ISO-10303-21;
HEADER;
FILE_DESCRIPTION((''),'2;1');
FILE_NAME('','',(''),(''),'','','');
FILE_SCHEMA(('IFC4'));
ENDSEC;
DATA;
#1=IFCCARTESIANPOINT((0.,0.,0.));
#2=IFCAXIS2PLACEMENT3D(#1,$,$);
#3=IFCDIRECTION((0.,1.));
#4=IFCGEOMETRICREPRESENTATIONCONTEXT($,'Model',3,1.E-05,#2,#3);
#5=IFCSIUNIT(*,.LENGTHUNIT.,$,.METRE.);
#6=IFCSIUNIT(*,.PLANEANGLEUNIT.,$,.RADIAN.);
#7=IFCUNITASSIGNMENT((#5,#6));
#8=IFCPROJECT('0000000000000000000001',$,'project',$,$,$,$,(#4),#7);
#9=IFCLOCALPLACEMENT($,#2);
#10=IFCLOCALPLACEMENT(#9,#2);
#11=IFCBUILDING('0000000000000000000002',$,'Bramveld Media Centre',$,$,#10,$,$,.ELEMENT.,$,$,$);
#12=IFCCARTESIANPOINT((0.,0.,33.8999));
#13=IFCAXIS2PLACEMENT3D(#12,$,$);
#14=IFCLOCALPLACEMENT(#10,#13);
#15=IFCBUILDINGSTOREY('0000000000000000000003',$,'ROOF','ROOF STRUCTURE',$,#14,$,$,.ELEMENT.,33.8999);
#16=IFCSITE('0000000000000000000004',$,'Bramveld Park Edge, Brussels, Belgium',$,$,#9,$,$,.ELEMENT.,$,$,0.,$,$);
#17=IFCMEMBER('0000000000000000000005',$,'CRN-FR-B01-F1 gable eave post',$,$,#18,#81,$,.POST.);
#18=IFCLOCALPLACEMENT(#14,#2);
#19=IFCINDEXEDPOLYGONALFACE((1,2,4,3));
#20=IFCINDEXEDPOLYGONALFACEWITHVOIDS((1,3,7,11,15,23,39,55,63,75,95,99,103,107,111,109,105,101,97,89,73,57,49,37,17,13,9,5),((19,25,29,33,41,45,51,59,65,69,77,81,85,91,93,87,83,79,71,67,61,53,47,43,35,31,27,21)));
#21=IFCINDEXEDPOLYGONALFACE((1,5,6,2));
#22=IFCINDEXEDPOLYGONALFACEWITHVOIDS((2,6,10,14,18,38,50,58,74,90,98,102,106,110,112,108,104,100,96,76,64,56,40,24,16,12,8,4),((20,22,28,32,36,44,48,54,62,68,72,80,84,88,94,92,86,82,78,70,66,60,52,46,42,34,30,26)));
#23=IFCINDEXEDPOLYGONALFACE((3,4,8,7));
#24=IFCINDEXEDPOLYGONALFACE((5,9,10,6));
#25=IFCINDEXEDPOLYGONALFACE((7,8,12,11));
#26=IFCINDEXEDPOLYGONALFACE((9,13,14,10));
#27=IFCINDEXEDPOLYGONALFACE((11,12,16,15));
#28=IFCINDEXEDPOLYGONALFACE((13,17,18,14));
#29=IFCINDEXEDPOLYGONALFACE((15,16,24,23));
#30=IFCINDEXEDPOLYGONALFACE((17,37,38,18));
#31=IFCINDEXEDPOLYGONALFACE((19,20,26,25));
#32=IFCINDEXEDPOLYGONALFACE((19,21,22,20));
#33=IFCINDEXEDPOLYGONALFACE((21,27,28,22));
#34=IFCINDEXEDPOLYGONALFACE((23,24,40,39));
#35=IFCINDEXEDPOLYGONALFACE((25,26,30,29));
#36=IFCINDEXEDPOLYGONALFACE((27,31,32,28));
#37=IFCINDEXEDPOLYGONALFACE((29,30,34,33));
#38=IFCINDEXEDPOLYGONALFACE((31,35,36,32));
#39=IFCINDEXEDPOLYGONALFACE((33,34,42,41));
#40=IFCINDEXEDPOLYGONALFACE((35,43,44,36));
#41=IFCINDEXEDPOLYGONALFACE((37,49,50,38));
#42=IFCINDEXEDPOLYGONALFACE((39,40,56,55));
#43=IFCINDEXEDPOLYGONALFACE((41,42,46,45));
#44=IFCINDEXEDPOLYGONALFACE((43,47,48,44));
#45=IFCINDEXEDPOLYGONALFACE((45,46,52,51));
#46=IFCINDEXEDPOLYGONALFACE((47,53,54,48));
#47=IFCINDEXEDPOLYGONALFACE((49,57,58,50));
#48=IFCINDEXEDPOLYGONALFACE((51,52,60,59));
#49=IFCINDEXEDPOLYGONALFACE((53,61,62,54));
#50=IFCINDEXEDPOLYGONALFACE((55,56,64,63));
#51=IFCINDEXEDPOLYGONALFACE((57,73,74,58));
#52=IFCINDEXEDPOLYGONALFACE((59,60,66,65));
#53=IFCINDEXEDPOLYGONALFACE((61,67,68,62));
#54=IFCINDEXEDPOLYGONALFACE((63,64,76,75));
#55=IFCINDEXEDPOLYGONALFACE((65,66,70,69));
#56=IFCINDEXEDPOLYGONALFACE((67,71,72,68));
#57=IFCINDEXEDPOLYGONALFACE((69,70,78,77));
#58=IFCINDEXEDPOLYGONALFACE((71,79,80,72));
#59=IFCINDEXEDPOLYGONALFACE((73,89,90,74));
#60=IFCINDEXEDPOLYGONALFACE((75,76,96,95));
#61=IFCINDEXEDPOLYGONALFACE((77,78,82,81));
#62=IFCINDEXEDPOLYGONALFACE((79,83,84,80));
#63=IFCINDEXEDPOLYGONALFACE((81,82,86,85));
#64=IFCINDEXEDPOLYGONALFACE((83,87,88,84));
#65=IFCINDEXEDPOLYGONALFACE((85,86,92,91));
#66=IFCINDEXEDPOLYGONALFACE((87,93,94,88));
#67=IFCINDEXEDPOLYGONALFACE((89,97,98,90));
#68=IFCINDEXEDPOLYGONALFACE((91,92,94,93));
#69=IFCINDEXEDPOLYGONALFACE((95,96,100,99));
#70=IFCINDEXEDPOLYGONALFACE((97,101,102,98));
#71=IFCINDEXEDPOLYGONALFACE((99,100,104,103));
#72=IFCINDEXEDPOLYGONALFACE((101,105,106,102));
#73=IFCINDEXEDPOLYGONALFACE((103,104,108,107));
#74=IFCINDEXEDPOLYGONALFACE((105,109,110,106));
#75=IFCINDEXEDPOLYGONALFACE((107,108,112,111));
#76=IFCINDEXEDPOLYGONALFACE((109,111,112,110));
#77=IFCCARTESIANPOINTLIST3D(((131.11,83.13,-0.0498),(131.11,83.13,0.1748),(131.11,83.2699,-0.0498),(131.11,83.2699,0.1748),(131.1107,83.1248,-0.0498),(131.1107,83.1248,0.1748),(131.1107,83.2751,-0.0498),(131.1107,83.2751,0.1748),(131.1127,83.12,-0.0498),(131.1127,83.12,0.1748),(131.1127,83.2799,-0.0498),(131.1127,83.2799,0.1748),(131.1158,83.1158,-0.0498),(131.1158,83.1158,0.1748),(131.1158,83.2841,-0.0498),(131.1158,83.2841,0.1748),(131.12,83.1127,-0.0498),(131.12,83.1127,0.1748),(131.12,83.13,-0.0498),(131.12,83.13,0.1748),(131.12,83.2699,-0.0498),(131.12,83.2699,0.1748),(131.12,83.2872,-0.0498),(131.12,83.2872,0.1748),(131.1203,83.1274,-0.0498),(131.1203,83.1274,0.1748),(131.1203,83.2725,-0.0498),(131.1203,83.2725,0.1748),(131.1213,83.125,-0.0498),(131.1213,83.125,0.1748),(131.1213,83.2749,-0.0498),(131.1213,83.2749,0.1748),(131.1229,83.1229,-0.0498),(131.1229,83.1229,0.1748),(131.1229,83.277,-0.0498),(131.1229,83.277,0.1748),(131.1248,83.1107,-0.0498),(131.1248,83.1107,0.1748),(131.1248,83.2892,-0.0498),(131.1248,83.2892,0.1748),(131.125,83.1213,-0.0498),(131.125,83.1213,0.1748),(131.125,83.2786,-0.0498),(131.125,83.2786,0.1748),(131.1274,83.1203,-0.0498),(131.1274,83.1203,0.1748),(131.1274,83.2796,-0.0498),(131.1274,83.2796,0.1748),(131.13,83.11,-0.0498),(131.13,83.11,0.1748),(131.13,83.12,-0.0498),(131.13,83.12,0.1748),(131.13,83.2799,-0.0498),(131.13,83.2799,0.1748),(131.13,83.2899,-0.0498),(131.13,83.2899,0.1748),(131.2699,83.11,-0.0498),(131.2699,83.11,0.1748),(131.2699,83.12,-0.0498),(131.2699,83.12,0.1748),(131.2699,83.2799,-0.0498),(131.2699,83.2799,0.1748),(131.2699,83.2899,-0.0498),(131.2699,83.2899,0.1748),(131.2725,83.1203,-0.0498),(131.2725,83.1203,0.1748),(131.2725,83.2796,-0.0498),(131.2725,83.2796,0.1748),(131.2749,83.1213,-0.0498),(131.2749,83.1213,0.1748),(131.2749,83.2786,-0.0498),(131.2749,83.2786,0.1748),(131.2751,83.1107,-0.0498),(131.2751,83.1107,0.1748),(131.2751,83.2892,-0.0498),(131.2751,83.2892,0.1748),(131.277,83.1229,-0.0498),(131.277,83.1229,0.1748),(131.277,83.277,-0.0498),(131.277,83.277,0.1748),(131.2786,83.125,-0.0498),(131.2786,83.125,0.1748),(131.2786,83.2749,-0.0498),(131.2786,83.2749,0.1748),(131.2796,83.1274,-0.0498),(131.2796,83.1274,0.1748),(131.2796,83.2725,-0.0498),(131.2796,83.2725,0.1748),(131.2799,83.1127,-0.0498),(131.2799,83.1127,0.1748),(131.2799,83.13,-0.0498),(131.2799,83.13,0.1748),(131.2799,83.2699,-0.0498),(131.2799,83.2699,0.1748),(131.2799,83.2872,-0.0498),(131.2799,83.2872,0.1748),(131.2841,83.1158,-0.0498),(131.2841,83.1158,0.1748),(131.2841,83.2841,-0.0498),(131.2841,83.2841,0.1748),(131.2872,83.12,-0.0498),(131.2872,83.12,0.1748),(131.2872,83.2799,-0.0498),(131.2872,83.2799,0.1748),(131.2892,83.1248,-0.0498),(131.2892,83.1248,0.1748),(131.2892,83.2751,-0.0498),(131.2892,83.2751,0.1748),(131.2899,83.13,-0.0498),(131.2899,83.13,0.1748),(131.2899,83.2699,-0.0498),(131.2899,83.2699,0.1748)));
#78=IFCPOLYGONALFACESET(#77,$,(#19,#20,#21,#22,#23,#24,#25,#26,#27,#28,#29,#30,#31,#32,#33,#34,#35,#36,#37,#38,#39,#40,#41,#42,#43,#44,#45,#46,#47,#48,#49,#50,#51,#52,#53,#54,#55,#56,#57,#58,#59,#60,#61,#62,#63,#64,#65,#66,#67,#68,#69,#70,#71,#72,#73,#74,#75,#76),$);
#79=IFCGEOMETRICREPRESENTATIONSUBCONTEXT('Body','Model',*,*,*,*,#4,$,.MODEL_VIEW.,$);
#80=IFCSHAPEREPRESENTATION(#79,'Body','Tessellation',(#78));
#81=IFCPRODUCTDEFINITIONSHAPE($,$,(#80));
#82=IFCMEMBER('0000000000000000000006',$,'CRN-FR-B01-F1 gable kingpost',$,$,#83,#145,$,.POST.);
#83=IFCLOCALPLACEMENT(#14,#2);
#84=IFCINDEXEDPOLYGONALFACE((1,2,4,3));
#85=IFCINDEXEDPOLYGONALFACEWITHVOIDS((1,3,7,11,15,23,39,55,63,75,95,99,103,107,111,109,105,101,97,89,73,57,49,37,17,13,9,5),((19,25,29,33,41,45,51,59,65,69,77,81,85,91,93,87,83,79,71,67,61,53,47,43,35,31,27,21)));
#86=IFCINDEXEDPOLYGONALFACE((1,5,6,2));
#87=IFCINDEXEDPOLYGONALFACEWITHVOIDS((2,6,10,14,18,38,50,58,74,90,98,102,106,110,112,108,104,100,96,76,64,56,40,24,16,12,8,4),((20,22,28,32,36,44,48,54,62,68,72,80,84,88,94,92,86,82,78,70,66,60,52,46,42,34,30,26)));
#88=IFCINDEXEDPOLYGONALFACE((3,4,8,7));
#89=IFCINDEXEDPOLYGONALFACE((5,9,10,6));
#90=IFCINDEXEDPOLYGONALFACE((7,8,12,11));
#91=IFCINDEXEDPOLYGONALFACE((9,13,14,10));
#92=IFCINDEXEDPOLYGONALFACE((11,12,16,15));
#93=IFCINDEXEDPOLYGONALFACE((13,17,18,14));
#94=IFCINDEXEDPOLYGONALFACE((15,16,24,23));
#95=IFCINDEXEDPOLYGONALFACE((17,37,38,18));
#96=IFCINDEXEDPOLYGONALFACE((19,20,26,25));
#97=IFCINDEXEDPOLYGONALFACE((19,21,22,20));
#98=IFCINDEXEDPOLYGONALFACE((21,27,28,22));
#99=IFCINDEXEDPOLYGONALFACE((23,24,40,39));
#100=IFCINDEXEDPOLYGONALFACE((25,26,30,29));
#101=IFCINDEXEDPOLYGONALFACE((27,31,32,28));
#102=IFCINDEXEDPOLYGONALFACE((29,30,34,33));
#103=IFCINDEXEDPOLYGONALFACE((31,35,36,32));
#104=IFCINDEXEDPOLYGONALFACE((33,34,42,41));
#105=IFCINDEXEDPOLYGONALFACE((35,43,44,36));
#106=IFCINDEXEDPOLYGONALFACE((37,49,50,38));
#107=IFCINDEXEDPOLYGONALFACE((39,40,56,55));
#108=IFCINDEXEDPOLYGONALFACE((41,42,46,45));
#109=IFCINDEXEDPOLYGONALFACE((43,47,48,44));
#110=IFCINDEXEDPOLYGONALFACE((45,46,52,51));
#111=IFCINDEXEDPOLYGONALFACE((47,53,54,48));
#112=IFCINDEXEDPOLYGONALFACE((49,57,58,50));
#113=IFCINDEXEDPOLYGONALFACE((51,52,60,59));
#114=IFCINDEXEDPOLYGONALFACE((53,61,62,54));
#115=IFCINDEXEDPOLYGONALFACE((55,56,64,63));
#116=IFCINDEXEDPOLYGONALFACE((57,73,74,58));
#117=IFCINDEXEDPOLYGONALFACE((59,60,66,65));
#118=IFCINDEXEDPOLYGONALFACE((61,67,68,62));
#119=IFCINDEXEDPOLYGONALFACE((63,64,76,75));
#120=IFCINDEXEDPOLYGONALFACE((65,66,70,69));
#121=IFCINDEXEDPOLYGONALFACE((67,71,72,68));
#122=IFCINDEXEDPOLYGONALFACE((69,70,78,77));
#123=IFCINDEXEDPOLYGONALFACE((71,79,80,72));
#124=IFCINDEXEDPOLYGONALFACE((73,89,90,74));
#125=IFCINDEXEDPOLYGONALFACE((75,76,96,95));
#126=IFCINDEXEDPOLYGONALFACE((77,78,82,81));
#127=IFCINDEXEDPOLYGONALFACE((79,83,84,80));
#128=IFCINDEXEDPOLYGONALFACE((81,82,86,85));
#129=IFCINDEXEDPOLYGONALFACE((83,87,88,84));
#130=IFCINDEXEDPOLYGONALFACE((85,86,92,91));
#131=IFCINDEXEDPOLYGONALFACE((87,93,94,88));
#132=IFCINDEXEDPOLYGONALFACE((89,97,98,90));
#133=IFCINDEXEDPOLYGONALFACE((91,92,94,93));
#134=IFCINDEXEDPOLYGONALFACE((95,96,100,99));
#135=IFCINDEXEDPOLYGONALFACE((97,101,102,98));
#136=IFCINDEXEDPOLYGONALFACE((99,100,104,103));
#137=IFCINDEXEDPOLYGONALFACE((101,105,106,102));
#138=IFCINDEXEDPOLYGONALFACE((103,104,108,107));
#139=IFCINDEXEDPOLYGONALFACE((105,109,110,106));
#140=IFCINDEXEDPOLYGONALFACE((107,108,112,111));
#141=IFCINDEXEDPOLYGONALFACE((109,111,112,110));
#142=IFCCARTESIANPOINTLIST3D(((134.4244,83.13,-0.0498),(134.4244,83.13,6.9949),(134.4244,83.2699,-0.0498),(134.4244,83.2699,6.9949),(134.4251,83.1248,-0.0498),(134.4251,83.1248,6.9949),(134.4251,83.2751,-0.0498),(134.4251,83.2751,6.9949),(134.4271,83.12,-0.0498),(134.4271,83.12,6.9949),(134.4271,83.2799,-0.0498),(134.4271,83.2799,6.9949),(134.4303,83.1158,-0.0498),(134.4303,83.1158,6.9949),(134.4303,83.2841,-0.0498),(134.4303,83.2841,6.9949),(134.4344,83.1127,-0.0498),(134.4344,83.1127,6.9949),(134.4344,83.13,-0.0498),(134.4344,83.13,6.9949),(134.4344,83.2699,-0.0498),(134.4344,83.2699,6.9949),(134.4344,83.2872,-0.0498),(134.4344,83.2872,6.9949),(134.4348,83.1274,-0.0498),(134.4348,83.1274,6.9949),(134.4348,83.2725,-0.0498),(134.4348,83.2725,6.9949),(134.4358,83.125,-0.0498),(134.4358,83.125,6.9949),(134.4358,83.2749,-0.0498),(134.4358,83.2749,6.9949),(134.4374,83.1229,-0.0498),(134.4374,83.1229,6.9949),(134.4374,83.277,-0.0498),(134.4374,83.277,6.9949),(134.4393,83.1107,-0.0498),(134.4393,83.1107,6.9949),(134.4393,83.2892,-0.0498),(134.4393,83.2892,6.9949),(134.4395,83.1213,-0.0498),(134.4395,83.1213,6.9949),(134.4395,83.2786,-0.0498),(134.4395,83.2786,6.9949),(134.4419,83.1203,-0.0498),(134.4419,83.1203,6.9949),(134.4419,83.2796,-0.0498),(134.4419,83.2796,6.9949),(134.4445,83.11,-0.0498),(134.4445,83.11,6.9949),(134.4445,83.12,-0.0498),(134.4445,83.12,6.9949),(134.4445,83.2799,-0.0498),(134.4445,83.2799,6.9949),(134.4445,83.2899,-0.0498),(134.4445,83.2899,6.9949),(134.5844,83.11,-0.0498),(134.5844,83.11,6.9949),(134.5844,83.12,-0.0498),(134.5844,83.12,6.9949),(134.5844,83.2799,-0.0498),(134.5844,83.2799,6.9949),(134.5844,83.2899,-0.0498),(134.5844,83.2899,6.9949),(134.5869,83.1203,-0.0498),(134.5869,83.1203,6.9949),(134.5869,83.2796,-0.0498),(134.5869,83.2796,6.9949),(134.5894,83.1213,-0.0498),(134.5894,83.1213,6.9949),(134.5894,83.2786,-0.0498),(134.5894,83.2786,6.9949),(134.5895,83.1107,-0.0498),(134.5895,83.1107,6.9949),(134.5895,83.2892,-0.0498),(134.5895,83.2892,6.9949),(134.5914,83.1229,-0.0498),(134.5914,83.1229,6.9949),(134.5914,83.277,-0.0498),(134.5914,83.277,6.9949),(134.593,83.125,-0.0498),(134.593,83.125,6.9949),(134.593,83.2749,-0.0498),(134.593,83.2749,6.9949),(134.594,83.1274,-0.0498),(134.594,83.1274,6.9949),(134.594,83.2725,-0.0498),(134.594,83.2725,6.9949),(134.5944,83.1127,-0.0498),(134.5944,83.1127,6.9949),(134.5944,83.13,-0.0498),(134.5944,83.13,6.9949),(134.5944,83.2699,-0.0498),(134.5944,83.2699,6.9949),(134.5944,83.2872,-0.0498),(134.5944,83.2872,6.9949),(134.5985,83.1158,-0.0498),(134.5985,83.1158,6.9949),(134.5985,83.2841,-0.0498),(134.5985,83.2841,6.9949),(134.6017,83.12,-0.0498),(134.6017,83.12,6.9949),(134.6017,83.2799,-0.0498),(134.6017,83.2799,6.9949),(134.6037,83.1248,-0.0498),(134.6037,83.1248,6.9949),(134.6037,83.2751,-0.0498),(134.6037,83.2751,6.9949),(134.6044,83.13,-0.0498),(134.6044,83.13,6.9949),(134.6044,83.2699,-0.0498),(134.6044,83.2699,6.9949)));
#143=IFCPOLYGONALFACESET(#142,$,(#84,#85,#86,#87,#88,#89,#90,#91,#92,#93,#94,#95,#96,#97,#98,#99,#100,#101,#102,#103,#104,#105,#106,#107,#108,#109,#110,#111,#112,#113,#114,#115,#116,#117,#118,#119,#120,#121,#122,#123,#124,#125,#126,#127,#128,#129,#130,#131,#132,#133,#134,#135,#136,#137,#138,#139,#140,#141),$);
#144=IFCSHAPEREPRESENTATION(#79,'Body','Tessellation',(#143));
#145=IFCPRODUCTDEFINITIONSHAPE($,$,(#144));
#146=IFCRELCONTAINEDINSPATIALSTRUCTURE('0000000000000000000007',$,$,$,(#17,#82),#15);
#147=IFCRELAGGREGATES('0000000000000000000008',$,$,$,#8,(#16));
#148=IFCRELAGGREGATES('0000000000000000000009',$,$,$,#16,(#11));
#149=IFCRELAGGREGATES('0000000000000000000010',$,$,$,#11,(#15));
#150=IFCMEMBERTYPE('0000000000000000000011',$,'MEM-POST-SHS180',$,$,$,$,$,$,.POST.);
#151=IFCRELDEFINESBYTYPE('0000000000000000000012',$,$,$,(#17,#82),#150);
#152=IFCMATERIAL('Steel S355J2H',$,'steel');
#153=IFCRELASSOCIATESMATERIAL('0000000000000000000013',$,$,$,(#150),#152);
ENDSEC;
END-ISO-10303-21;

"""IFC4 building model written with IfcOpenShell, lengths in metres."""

from ifc_helpers import new_model, si_unit, direction, frame, origin, origin_2d, place, context, subcontext, project, spatial, hollow_rectangle, extrude, material, material_profile, profile_set, type_object, element, save


model = new_model("IFC4")

# Units and contexts
model_context = context("Model", 3, precision=1e-05, world=origin(), true_north=direction((0.0, 1.0)))
body_context = subcontext(model_context, "Body", "Model", "MODEL_VIEW")
ifc_project = project(units=[si_unit("LENGTHUNIT", "METRE"), si_unit("PLANEANGLEUNIT", "RADIAN")], contexts=[model_context])

# Site, building, storey
site_placement = place(None, origin())
site = spatial("IfcSite", under=ifc_project, at=site_placement, Name="Bramveld Park Edge, Brussels, Belgium", CompositionType="ELEMENT", RefElevation=0.0)
building_placement = place(site_placement, origin())
building = spatial("IfcBuilding", under=site, at=building_placement, Name="Bramveld Media Centre", CompositionType="ELEMENT")
storey_placement = place(building_placement, frame((0.0, 0.0, 33.8999)))
storey = spatial("IfcBuildingStorey", under=building, at=storey_placement, Name="ROOF", Description="ROOF STRUCTURE", CompositionType="ELEMENT", Elevation=33.8999)

# Members
ifc_material_1 = material(Name="Steel S355J2H", Category="steel")
ifc_material_profile_1 = material_profile(ifc_material_1, hollow_rectangle(XDim=0.1799, YDim=0.1799, WallThickness=0.01, InnerFilletRadius=0.01, OuterFilletRadius=0.02, at=origin_2d()), Name="SHS 180x180x10")
ifc_profile_set_1 = profile_set([ifc_material_profile_1], Name="Steel S355J2H")
member_type_1 = type_object("IfcMemberType", Name="MEM-POST-SHS180", PredefinedType="POST", material=ifc_profile_set_1)
member_1_placement = place(storey_placement, frame((131.2, 83.2, -0.0498), z_axis=(0.0, 0.0, 1.0), x_axis=(1.0, 0.0, 0.0)))
element("IfcMember", 1, at=member_1_placement, inside=storey, type_object=member_type_1, Name="CRN-FR-B01-F1 gable eave post", PredefinedType="POST", context=body_context, shape_type="SweptSolid", body=[
    extrude(hollow_rectangle(XDim=0.1799, YDim=0.1799, WallThickness=0.01, InnerFilletRadius=0.01, OuterFilletRadius=0.02, at=origin_2d()), origin(), (0.0, 0.0, 1.0), 0.2246),
])
member_2_placement = place(storey_placement, frame((134.5144, 83.2, -0.0498), z_axis=(0.0, 0.0, 1.0), x_axis=(1.0, 0.0, 0.0)))
element("IfcMember", 2, at=member_2_placement, inside=storey, type_object=member_type_1, Name="CRN-FR-B01-F1 gable kingpost", PredefinedType="POST", context=body_context, shape_type="SweptSolid", body=[
    extrude(hollow_rectangle(XDim=0.1799, YDim=0.1799, WallThickness=0.01, InnerFilletRadius=0.01, OuterFilletRadius=0.02, at=origin_2d()), origin(), (0.0, 0.0, 1.0), 7.0447),
])

save(model, "model.ifc")
